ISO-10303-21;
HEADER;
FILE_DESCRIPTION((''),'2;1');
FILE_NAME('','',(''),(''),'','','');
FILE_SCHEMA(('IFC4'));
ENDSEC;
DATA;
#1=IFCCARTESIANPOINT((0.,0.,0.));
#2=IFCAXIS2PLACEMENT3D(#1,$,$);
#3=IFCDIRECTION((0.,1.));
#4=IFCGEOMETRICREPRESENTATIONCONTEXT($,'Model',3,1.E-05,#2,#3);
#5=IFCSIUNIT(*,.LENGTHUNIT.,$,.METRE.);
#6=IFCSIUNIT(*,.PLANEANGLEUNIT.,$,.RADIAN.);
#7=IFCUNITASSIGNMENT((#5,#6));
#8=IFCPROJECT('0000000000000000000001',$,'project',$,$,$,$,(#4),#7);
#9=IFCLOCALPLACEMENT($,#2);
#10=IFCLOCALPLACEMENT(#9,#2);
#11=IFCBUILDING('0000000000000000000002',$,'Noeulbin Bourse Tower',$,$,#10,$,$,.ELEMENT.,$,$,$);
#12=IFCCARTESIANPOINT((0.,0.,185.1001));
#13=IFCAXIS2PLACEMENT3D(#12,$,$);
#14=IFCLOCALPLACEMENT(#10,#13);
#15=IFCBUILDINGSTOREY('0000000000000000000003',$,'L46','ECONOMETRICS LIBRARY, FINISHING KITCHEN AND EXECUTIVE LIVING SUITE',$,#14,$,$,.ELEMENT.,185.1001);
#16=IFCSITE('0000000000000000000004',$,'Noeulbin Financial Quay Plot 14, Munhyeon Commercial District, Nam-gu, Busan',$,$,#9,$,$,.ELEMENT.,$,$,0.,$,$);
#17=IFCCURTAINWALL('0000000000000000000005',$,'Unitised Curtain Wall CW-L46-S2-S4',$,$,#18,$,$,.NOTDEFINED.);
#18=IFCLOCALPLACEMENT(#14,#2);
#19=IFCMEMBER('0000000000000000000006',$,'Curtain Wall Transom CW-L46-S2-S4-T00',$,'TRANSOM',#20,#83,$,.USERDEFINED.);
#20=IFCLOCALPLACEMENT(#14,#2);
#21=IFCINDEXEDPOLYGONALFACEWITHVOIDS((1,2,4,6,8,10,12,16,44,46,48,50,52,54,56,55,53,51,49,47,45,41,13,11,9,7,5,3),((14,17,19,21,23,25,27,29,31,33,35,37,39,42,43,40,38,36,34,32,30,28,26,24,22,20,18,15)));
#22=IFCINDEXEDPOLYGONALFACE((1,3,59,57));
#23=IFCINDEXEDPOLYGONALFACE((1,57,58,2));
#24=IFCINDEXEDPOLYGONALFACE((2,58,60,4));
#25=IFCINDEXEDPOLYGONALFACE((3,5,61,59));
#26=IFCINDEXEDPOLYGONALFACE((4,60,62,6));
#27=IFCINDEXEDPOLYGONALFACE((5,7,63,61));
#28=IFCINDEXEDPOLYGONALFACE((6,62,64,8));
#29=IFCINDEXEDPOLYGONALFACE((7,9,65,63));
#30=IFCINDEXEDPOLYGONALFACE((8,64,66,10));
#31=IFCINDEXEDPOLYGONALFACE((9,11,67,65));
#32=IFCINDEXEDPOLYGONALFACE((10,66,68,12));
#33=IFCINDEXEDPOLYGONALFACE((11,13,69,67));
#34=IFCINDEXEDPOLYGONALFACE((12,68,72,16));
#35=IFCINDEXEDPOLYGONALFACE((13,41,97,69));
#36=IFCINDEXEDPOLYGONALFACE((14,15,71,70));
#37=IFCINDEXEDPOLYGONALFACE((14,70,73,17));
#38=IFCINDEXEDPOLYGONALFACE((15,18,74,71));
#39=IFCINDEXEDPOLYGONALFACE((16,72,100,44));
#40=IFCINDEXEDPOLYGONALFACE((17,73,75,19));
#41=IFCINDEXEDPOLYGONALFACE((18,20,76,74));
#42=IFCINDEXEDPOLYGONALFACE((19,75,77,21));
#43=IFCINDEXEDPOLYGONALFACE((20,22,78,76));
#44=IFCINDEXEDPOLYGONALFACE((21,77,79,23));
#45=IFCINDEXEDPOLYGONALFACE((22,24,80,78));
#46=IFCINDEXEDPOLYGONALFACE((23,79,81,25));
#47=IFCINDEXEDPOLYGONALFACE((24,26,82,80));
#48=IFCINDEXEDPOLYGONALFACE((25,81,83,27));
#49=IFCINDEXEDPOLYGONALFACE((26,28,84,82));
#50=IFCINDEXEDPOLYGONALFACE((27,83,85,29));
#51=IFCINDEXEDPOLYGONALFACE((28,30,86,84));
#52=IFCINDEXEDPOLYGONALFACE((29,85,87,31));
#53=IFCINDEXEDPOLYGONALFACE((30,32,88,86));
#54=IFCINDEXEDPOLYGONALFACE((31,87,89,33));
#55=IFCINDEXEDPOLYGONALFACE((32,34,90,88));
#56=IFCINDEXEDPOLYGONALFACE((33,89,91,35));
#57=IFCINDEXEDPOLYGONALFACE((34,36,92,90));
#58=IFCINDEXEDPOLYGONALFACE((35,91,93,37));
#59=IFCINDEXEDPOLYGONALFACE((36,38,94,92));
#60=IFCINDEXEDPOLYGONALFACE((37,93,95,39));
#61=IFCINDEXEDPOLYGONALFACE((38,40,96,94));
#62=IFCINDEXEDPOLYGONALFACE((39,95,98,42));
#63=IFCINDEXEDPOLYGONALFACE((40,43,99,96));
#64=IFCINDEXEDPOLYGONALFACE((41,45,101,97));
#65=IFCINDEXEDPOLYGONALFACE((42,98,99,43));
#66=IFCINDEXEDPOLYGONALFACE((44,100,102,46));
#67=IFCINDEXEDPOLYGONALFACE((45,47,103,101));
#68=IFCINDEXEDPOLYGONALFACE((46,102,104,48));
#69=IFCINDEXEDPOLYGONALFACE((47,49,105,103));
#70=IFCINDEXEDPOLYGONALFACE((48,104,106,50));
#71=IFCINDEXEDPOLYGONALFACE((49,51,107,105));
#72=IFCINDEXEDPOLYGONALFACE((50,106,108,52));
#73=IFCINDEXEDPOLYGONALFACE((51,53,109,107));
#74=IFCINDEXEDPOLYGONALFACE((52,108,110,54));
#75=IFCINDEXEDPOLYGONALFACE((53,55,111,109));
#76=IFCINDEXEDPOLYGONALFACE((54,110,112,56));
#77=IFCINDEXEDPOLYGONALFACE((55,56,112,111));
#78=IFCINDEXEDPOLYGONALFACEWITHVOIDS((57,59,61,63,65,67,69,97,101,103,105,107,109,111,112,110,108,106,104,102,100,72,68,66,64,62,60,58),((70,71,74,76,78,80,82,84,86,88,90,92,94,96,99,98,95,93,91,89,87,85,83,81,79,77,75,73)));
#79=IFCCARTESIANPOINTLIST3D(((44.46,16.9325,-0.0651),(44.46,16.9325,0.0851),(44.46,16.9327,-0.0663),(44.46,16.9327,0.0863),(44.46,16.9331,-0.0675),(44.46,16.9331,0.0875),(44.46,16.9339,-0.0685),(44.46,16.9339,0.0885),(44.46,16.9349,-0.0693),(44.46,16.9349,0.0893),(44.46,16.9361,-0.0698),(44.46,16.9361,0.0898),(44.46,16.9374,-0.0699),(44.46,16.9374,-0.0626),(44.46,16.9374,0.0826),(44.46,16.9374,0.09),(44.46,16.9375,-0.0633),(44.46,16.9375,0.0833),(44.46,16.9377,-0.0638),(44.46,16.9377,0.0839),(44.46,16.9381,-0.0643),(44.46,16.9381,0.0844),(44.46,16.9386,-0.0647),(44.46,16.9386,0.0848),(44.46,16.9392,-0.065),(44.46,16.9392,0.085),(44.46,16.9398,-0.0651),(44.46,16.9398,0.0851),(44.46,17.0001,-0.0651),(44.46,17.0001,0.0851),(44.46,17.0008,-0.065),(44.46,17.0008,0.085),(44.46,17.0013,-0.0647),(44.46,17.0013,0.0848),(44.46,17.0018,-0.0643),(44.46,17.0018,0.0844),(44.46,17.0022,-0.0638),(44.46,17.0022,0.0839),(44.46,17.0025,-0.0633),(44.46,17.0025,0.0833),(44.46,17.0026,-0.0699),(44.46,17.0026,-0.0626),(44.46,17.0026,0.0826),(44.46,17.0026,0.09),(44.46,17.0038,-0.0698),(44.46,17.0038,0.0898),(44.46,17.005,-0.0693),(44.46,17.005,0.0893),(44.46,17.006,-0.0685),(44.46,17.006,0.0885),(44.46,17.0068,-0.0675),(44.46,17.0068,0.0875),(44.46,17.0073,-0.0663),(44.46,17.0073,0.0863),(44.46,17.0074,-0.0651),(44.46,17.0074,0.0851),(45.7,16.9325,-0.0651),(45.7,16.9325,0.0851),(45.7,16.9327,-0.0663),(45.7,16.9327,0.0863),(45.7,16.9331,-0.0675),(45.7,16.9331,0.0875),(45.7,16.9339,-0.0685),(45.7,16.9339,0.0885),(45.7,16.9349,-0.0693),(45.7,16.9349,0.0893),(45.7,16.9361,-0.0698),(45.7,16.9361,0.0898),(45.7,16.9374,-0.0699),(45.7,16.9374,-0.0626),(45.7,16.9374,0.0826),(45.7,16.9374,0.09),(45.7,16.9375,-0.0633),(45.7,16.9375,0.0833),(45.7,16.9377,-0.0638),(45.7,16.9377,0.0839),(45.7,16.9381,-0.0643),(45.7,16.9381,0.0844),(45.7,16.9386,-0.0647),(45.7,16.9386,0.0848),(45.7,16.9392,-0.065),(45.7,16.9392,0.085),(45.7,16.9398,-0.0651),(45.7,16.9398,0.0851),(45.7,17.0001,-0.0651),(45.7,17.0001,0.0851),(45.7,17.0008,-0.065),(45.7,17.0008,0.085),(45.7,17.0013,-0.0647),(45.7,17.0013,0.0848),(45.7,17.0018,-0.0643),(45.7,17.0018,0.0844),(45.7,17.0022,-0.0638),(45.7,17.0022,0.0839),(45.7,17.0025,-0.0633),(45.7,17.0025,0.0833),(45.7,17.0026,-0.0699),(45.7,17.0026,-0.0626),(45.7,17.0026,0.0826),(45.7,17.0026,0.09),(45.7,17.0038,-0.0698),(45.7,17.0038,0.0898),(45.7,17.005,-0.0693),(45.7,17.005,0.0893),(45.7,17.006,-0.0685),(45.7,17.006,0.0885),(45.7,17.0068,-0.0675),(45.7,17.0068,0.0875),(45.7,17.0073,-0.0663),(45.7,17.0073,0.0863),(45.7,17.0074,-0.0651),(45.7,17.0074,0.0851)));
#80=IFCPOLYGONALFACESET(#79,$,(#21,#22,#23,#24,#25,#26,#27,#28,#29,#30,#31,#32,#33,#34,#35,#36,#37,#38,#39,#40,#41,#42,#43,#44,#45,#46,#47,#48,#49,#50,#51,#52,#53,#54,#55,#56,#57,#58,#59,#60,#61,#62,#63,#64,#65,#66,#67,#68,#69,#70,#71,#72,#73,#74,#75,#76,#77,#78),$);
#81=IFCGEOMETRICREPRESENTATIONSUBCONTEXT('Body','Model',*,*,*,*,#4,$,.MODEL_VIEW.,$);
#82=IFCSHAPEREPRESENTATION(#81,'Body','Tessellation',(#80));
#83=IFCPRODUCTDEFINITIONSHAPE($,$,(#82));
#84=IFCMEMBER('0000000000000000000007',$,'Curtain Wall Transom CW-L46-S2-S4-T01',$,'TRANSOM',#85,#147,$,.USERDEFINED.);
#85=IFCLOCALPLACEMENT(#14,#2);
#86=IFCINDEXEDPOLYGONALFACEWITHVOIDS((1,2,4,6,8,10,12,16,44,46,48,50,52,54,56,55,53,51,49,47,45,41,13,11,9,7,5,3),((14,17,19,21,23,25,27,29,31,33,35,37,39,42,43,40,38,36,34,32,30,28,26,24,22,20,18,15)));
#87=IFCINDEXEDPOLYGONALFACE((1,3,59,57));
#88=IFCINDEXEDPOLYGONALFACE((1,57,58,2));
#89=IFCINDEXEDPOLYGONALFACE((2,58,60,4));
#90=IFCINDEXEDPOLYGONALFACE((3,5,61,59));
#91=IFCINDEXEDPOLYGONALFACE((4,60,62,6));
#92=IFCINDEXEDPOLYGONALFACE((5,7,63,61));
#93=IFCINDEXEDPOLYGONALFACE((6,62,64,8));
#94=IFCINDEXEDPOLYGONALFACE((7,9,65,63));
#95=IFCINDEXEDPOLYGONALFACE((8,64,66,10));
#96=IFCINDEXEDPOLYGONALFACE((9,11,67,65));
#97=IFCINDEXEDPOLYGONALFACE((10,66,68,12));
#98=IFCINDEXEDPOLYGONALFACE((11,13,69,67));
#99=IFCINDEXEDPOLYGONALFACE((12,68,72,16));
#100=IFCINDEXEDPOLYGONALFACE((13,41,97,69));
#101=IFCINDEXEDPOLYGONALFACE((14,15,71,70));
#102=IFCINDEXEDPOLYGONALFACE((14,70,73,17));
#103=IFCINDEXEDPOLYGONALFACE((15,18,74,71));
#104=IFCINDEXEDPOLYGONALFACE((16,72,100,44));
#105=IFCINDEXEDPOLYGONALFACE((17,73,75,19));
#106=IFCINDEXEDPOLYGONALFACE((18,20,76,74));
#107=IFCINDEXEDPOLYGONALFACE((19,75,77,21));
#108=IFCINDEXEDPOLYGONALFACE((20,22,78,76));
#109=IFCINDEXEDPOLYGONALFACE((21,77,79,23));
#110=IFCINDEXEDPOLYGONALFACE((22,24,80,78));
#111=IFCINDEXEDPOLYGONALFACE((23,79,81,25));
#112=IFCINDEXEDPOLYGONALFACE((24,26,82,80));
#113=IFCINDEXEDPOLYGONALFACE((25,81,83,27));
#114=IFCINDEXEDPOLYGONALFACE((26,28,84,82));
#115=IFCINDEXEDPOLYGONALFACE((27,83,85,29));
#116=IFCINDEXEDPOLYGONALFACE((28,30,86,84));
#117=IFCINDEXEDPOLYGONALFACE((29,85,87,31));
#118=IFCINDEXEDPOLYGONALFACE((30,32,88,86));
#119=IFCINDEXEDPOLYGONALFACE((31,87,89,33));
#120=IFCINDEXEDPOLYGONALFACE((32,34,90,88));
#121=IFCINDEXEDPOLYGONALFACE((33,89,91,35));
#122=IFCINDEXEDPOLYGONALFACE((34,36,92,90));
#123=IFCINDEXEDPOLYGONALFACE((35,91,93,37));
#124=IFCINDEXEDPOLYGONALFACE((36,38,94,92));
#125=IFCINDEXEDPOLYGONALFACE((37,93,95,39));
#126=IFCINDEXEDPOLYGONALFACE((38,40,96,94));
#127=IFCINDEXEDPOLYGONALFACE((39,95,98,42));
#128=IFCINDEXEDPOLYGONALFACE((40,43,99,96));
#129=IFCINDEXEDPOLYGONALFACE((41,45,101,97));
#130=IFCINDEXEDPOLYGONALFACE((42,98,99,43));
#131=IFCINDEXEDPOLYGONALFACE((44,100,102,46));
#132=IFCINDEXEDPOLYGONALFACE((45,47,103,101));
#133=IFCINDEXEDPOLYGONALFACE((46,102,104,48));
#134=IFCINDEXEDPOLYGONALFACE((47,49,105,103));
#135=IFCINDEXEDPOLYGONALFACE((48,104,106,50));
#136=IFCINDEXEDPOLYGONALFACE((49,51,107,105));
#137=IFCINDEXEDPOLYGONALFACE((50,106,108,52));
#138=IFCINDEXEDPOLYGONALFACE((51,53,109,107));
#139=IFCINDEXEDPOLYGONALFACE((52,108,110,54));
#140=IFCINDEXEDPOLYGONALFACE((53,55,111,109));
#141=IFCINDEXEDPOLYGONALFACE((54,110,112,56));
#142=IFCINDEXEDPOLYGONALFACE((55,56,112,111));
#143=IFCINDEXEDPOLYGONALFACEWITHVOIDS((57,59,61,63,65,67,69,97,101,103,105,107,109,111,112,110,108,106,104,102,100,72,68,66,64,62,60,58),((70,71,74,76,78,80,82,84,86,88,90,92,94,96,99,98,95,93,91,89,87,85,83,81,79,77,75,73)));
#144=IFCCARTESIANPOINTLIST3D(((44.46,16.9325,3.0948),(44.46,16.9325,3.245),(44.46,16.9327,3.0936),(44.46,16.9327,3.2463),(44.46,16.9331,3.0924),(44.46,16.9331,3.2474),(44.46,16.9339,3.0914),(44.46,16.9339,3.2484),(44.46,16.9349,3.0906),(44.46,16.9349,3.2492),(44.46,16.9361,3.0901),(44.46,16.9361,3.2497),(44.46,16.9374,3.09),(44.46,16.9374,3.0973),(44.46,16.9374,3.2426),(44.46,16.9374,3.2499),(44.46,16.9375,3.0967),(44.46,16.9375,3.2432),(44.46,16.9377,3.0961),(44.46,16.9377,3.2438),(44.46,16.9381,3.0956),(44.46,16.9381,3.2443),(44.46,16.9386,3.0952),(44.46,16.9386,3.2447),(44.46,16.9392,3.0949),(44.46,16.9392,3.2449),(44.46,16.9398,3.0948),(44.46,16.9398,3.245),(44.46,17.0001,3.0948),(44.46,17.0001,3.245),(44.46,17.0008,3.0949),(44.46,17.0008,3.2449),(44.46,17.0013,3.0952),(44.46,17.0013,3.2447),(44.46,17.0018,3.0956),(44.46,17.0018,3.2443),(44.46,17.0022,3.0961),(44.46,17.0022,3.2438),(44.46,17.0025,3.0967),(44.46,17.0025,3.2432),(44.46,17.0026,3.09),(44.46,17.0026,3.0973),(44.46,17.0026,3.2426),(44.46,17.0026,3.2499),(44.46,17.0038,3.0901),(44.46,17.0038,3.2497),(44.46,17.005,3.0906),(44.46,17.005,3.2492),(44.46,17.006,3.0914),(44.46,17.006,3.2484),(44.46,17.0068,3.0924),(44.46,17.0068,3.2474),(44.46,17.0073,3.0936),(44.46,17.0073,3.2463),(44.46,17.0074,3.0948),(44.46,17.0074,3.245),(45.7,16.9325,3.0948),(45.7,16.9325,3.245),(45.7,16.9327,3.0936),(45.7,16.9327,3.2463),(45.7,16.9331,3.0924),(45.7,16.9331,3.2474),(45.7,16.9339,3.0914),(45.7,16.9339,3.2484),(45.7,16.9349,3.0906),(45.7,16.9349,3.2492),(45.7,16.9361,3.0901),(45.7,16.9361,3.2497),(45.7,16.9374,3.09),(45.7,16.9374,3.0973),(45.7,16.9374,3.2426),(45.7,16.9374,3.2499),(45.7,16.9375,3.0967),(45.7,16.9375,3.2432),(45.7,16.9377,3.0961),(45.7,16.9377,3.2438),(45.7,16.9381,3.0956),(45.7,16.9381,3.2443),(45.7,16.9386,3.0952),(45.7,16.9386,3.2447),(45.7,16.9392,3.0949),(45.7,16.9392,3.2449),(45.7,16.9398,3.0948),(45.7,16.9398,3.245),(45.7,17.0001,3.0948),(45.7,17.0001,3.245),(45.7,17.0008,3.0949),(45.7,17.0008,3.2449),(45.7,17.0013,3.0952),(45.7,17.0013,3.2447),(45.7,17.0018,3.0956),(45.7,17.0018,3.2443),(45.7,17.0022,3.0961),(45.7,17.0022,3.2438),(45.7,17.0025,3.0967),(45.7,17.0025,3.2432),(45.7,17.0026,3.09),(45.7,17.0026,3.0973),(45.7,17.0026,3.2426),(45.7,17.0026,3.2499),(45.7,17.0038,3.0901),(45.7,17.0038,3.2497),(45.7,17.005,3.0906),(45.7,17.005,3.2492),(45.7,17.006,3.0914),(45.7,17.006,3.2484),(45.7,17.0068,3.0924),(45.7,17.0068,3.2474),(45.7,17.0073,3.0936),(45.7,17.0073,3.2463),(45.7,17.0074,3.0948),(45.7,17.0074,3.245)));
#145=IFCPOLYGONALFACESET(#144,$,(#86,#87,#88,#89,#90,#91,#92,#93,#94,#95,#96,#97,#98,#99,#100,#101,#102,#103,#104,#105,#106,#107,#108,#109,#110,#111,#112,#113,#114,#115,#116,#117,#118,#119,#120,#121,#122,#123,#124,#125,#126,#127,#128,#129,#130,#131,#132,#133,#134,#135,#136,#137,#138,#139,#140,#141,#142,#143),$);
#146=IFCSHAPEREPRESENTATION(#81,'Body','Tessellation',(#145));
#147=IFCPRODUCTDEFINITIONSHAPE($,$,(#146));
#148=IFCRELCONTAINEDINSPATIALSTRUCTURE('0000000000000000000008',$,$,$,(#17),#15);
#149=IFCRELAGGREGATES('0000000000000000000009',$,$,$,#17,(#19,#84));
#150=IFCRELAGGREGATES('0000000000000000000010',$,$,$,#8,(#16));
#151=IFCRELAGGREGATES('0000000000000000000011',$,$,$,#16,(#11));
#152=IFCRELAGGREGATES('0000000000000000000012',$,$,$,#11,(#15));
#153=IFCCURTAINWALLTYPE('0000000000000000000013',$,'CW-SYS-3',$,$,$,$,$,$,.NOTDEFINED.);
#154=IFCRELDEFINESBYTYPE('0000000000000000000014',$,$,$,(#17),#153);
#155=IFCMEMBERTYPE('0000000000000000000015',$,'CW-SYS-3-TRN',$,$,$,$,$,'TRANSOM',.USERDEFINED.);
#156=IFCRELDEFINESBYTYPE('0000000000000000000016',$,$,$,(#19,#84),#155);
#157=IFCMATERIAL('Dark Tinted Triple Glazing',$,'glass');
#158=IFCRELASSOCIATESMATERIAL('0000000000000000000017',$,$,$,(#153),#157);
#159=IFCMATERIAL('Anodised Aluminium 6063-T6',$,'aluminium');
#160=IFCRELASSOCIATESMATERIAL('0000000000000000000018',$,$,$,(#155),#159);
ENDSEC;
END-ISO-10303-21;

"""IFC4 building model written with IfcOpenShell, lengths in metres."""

from ifc_helpers import new_model, si_unit, direction, frame, origin, origin_2d, place, context, subcontext, project, spatial, hollow_rectangle, extrude, material, material_profile, profile_set, type_object, element, aggregate, save


model = new_model("IFC4")

# Units and contexts
model_context = context("Model", 3, precision=1e-05, world=origin(), true_north=direction((0.0, 1.0)))
body_context = subcontext(model_context, "Body", "Model", "MODEL_VIEW")
ifc_project = project(units=[si_unit("LENGTHUNIT", "METRE"), si_unit("PLANEANGLEUNIT", "RADIAN")], contexts=[model_context])

# Site, building, storey
site_placement = place(None, origin())
site = spatial("IfcSite", under=ifc_project, at=site_placement, Name="Noeulbin Financial Quay Plot 14, Munhyeon Commercial District, Nam-gu, Busan", CompositionType="ELEMENT", RefElevation=0.0)
building_placement = place(site_placement, origin())
building = spatial("IfcBuilding", under=site, at=building_placement, Name="Noeulbin Bourse Tower", CompositionType="ELEMENT")
storey_placement = place(building_placement, frame((0.0, 0.0, 185.1001)))
storey = spatial("IfcBuildingStorey", under=building, at=storey_placement, Name="L46", Description="ECONOMETRICS LIBRARY, FINISHING KITCHEN AND EXECUTIVE LIVING SUITE", CompositionType="ELEMENT", Elevation=185.1001)

# Shared definitions
ifc_material_1 = material(Name="Dark Tinted Triple Glazing", Category="glass")
curtain_wall_type = type_object("IfcCurtainWallType", Name="CW-SYS-3", PredefinedType="NOTDEFINED", material=ifc_material_1)
ifc_material_2 = material(Name="Anodised Aluminium 6063-T6", Category="aluminium")

# Curtain wall
curtain_wall_1_placement = place(storey_placement, origin())
curtain_wall_1 = element("IfcCurtainWall", 1, at=curtain_wall_1_placement, inside=storey, type_object=curtain_wall_type, Name="Unitised Curtain Wall CW-L46-S2-S4", PredefinedType="NOTDEFINED")

# Members
ifc_material_profile_1 = material_profile(ifc_material_2, hollow_rectangle(XDim=0.075, YDim=0.1599, WallThickness=0.0049, InnerFilletRadius=0.0024, OuterFilletRadius=0.0049, at=origin_2d()), Name="ALU-TRAN-75x160x5", Category="LoadBearing")
ifc_profile_set_1 = profile_set([ifc_material_profile_1], Name="Anodised Aluminium 6063-T6")
member_type_1 = type_object("IfcMemberType", Name="CW-SYS-3-TRN", ElementType="TRANSOM", PredefinedType="USERDEFINED", material=ifc_profile_set_1)
member_1_placement = place(storey_placement, frame((44.46, 16.97, 0.01), z_axis=(1.0, 0.0, 0.0), x_axis=(0.0, 1.0, 0.0)))
member_1 = element("IfcMember", 2, at=member_1_placement, type_object=member_type_1, Name="Curtain Wall Transom CW-L46-S2-S4-T00", ObjectType="TRANSOM", PredefinedType="USERDEFINED", context=body_context, shape_type="SweptSolid", body=[
    extrude(hollow_rectangle(XDim=0.075, YDim=0.1599, WallThickness=0.0049, InnerFilletRadius=0.0024, OuterFilletRadius=0.0049, at=origin_2d()), origin(), (0.0, 0.0, 1.0), 1.24),
])
member_2_placement = place(storey_placement, frame((44.46, 16.97, 3.1699), z_axis=(1.0, 0.0, 0.0), x_axis=(0.0, 1.0, 0.0)))
member_2 = element("IfcMember", 3, at=member_2_placement, type_object=member_type_1, Name="Curtain Wall Transom CW-L46-S2-S4-T01", ObjectType="TRANSOM", PredefinedType="USERDEFINED", context=body_context, shape_type="SweptSolid", body=[
    extrude(hollow_rectangle(XDim=0.075, YDim=0.1599, WallThickness=0.0049, InnerFilletRadius=0.0024, OuterFilletRadius=0.0049, at=origin_2d()), origin(), (0.0, 0.0, 1.0), 1.24),
])

aggregate(curtain_wall_1, [member_1, member_2])

save(model, "model.ifc")
